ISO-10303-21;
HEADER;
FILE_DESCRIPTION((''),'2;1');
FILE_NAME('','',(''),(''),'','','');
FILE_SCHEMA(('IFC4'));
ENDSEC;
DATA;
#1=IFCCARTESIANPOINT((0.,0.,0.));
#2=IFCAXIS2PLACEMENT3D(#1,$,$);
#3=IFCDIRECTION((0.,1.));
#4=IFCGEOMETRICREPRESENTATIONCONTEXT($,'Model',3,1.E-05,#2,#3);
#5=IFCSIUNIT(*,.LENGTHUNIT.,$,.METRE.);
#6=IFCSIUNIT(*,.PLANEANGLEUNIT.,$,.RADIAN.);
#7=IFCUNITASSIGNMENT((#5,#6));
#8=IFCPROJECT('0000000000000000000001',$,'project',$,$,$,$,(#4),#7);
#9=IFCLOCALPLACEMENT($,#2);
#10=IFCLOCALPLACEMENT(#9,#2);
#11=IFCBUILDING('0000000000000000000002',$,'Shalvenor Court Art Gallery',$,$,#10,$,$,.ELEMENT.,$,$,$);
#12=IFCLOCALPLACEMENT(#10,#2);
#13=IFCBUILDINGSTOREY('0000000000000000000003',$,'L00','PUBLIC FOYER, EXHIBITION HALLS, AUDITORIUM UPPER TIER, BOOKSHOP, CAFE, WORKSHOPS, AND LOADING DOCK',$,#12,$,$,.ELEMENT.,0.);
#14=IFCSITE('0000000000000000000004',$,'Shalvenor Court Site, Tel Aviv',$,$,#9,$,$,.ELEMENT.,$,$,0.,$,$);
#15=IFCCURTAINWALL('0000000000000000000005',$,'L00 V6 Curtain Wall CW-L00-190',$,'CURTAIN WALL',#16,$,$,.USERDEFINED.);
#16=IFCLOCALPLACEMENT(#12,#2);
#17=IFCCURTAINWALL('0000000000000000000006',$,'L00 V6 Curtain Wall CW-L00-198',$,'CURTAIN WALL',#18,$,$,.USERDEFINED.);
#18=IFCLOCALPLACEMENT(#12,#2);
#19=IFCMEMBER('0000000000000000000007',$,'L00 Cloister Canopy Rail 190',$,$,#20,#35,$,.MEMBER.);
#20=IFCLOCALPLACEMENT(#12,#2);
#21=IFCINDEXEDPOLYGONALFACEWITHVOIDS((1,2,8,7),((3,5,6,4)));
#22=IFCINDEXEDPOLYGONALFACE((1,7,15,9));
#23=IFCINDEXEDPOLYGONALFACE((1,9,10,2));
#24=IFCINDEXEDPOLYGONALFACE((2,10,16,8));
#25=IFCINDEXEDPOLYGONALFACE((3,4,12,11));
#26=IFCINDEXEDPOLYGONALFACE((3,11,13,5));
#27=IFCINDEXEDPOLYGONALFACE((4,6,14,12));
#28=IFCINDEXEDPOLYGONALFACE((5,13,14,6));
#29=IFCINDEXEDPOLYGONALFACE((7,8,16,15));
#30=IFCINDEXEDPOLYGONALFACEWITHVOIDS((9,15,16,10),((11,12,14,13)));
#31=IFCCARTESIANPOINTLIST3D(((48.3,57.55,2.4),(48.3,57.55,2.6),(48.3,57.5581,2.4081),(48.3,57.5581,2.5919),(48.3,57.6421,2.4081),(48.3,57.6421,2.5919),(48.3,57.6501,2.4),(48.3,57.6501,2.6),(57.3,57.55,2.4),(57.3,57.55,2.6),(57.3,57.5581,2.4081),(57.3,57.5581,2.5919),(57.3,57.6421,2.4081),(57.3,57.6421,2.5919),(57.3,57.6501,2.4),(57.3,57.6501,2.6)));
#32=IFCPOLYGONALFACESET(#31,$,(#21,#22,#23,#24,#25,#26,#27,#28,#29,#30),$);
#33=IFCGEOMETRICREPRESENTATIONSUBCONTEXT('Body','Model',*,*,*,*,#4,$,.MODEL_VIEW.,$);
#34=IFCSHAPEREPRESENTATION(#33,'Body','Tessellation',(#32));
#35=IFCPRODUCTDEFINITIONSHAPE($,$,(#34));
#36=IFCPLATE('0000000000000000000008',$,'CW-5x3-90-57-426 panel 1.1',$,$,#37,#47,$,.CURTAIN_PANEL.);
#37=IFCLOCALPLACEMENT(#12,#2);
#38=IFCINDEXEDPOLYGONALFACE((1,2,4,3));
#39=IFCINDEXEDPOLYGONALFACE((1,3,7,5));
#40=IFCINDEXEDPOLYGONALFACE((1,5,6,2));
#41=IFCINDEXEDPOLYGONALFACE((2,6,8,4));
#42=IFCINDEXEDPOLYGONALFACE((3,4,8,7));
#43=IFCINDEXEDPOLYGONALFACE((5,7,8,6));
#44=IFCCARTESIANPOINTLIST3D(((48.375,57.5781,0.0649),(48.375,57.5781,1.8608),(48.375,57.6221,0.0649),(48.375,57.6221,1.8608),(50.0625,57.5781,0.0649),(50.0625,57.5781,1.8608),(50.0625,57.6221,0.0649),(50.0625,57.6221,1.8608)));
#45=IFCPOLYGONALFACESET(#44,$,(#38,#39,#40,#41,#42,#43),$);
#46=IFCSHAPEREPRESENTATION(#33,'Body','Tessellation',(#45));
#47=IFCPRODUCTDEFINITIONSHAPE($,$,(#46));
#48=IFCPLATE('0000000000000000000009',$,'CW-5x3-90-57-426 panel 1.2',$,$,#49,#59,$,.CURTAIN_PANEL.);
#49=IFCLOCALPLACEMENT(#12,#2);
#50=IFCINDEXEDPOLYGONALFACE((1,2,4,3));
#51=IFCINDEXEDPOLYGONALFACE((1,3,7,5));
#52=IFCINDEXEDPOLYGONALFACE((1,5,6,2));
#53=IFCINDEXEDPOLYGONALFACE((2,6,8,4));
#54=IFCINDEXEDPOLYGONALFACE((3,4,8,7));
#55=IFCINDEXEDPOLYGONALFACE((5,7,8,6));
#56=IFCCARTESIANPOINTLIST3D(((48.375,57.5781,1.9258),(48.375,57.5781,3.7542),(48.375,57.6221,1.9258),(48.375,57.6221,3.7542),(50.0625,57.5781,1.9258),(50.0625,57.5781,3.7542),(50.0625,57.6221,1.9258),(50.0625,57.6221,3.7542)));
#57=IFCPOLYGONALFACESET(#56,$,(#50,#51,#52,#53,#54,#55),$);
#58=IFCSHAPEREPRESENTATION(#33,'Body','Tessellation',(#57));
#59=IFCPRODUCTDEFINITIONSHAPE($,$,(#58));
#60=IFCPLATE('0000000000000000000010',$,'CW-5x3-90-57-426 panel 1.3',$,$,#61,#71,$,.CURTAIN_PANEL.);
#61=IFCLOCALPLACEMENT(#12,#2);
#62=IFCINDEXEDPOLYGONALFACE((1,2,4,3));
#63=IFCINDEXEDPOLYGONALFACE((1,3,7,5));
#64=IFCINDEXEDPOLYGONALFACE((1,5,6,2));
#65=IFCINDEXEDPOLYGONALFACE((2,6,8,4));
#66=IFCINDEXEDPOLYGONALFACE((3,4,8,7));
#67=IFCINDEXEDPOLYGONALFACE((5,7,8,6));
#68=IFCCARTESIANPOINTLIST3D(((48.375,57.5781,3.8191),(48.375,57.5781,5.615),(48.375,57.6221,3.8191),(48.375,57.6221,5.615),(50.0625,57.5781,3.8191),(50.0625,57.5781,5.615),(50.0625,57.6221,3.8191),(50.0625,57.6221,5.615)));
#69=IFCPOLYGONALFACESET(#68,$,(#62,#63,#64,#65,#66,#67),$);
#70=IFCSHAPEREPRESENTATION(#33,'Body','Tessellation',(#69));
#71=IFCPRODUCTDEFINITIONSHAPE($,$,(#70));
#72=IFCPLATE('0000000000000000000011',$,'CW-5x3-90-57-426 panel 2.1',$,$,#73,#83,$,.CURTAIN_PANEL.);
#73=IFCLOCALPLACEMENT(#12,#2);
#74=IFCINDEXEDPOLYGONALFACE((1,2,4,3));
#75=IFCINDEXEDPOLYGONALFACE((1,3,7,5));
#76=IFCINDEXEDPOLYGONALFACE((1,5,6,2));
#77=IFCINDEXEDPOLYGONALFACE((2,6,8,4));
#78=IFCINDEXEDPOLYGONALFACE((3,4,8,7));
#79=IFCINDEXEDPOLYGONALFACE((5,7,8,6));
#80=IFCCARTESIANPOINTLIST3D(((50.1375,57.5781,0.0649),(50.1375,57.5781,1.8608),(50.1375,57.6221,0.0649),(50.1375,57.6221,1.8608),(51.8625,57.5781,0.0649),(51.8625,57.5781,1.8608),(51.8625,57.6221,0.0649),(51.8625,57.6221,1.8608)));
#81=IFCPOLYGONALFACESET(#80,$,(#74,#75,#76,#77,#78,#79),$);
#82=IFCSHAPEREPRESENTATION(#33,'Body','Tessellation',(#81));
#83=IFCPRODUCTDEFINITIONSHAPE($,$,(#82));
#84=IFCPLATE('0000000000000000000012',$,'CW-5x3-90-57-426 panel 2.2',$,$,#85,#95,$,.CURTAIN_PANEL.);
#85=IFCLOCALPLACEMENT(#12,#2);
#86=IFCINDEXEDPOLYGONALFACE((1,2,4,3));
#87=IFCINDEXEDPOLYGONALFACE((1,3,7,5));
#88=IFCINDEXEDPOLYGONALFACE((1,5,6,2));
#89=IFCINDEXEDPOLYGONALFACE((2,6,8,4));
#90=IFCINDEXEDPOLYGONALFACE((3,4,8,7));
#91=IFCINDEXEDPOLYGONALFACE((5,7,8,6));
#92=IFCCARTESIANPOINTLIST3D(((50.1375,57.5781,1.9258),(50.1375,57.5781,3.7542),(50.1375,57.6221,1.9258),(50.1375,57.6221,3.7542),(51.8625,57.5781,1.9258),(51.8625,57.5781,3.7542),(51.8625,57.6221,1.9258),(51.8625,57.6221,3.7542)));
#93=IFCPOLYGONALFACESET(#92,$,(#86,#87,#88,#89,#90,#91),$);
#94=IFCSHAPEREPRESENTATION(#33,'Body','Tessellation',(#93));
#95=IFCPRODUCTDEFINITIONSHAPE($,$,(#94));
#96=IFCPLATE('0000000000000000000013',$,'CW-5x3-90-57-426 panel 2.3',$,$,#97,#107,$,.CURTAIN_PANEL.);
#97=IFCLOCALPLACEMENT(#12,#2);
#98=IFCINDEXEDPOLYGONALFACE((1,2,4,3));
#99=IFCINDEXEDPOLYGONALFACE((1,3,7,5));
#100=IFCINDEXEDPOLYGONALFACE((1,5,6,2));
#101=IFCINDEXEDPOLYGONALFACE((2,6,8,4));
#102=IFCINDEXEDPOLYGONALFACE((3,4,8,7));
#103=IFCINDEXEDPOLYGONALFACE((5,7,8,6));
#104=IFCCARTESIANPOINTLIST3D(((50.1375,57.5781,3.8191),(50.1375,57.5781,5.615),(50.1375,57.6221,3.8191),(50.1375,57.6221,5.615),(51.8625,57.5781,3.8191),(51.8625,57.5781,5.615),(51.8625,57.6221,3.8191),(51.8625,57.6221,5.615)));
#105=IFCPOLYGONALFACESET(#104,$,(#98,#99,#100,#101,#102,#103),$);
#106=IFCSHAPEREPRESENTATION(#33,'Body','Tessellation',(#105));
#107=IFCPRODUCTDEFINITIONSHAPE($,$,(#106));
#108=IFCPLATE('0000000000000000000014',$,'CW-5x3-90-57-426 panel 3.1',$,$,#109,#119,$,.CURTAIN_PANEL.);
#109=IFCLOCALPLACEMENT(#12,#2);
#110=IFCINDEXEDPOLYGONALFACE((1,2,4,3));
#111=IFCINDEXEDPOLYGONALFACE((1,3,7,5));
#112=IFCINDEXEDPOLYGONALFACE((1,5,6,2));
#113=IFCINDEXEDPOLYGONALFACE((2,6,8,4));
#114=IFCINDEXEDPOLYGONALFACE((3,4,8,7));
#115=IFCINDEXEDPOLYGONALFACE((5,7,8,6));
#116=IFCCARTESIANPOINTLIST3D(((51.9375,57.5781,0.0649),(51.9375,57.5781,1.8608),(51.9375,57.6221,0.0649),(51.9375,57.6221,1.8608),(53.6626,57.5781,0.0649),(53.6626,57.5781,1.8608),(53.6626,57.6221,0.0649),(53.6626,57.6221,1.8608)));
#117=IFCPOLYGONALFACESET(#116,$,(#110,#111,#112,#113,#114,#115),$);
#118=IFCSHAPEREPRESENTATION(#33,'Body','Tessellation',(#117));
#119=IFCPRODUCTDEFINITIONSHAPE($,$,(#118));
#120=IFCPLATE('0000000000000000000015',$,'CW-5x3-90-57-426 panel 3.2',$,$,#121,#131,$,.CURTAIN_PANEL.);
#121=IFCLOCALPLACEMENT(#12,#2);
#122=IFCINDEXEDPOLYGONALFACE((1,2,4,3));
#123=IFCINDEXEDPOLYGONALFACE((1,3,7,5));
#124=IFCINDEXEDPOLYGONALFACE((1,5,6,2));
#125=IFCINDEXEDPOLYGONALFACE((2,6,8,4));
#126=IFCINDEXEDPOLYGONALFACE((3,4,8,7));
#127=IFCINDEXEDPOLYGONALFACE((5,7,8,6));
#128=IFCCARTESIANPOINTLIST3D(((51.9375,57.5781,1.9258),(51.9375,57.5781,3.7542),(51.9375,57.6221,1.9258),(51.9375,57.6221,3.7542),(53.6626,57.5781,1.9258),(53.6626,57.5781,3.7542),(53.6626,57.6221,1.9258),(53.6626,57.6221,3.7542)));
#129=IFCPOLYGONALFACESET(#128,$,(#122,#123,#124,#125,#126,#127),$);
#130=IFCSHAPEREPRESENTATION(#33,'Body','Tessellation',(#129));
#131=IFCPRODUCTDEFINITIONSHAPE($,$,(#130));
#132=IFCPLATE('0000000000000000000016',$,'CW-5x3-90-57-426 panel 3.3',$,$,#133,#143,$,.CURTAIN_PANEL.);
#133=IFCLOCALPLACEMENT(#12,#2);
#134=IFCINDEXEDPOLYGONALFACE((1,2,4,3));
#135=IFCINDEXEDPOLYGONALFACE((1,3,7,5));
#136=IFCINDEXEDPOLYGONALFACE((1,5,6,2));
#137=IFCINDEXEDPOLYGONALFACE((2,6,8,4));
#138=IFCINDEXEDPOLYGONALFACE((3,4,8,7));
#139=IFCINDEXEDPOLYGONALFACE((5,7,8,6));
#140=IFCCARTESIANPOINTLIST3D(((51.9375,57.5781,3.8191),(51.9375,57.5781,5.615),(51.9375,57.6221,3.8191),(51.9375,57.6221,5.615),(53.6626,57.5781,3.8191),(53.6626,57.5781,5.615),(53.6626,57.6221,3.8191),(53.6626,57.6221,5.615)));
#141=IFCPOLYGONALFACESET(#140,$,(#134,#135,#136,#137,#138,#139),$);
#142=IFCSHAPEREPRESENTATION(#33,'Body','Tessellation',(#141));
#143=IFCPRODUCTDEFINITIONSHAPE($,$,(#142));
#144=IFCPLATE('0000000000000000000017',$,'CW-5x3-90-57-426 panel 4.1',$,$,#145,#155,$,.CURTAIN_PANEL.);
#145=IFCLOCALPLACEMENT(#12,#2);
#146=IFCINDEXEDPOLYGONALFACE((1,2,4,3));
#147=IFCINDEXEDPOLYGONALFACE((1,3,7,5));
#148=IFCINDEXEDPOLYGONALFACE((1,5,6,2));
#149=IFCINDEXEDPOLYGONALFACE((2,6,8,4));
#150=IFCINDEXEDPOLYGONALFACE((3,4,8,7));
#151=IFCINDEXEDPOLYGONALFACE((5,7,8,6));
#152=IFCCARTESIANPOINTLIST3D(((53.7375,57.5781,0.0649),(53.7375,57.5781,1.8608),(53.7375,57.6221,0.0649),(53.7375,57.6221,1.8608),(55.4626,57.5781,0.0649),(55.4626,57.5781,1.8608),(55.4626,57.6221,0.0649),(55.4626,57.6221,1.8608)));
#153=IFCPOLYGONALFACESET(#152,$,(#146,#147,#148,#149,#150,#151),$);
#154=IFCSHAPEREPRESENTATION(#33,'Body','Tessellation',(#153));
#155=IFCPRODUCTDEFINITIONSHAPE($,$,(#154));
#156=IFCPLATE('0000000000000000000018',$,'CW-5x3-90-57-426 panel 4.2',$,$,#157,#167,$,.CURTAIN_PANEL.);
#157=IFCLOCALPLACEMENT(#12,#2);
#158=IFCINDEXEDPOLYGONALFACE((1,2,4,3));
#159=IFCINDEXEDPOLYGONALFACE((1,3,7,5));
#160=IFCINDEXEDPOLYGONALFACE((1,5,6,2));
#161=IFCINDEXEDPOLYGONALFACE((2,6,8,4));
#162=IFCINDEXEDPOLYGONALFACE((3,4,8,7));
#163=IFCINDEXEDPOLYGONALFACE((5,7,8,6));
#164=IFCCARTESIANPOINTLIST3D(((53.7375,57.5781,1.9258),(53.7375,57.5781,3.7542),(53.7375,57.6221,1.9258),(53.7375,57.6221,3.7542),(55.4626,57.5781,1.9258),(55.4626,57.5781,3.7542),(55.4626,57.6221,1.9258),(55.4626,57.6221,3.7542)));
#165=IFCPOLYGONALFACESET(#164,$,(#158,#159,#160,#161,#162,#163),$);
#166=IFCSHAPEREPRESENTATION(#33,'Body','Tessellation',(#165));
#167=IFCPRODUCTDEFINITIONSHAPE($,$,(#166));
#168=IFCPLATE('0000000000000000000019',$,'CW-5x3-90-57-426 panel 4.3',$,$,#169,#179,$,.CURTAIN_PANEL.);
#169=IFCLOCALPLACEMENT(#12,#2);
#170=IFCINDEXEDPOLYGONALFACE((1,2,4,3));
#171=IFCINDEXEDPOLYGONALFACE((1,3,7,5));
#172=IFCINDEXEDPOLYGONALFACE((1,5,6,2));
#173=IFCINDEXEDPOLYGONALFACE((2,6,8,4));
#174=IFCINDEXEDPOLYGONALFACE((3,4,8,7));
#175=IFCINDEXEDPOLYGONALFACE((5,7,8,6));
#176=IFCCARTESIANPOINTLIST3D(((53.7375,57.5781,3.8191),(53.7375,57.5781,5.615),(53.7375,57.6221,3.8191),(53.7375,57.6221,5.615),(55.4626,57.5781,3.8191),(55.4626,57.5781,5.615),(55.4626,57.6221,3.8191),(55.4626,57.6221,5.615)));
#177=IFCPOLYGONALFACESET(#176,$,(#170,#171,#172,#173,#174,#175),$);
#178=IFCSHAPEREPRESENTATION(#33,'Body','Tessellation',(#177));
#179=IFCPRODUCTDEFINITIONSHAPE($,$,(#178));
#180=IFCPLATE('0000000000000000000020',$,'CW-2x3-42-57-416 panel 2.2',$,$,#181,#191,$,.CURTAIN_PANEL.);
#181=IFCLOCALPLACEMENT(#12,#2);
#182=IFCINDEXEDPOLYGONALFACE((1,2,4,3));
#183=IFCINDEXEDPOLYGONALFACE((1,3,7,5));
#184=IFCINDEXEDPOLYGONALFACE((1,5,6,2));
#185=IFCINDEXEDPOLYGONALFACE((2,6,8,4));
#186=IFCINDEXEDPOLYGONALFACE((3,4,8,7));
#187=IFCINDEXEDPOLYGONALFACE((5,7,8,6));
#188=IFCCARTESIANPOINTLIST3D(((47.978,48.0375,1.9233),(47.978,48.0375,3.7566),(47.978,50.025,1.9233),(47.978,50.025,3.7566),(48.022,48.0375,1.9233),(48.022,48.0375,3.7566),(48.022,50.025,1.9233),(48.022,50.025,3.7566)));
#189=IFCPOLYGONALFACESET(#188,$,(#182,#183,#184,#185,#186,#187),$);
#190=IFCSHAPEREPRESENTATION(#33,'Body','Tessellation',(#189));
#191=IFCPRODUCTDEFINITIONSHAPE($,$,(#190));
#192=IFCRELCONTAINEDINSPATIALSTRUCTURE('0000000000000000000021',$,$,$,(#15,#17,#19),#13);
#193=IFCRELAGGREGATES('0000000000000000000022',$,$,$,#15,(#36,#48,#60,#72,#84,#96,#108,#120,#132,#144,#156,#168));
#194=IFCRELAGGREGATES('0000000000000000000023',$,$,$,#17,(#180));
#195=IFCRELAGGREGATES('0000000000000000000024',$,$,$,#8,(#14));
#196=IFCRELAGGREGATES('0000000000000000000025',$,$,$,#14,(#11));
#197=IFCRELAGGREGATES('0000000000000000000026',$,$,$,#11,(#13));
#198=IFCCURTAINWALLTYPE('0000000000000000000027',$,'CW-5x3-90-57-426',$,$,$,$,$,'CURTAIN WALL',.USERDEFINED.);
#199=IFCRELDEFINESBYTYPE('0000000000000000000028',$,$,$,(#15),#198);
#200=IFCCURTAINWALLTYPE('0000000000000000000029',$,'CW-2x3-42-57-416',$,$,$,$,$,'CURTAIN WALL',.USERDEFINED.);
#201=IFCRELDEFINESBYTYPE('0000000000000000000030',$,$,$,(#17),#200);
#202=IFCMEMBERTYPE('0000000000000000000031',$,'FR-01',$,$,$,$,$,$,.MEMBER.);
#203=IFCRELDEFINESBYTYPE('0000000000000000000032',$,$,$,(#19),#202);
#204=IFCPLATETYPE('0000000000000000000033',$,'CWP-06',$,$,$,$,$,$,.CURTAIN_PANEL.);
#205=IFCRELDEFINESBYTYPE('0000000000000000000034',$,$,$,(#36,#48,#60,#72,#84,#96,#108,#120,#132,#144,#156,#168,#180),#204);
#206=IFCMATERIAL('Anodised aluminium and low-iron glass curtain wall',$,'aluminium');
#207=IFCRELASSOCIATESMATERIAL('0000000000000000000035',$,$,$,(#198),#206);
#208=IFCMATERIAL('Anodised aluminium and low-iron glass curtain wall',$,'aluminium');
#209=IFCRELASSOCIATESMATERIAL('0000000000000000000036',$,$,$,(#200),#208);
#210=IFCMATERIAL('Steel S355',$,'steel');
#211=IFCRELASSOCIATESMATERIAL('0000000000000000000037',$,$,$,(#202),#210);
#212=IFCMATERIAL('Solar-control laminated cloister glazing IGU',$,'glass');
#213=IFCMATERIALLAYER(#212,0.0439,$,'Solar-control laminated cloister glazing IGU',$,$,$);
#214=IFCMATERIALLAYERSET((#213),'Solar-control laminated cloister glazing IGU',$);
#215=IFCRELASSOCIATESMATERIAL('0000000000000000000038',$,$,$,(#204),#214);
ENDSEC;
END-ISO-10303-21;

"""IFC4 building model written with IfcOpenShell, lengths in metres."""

from ifc_helpers import new_model, si_unit, direction, frame, origin, origin_2d, place, context, subcontext, project, spatial, rectangle, hollow_rectangle, extrude, material, layer, layer_set, material_profile, profile_set, type_object, element, aggregate, save


model = new_model("IFC4")

# Units and contexts
model_context = context("Model", 3, precision=1e-05, world=origin(), true_north=direction((0.0, 1.0)))
body_context = subcontext(model_context, "Body", "Model", "MODEL_VIEW")
ifc_project = project(units=[si_unit("LENGTHUNIT", "METRE"), si_unit("PLANEANGLEUNIT", "RADIAN")], contexts=[model_context])

# Site, building, storey
site_placement = place(None, origin())
site = spatial("IfcSite", under=ifc_project, at=site_placement, Name="Shalvenor Court Site, Tel Aviv", CompositionType="ELEMENT", RefElevation=0.0)
building_placement = place(site_placement, origin())
building = spatial("IfcBuilding", under=site, at=building_placement, Name="Shalvenor Court Art Gallery", CompositionType="ELEMENT")
storey_placement = place(building_placement, origin())
storey = spatial("IfcBuildingStorey", under=building, at=storey_placement, Name="L00", Description="PUBLIC FOYER, EXHIBITION HALLS, AUDITORIUM UPPER TIER, BOOKSHOP, CAFE, WORKSHOPS, AND LOADING DOCK", CompositionType="ELEMENT", Elevation=0.0)

# Curtain wall
ifc_material_1 = material(Name="Anodised aluminium and low-iron glass curtain wall", Category="aluminium")
curtain_wall_type_1 = type_object("IfcCurtainWallType", Name="CW-5x3-90-57-426", ElementType="CURTAIN WALL", PredefinedType="USERDEFINED", material=ifc_material_1)
curtain_wall_1_placement = place(storey_placement, origin())
curtain_wall_1 = element("IfcCurtainWall", 1, at=curtain_wall_1_placement, inside=storey, type_object=curtain_wall_type_1, Name="L00 V6 Curtain Wall CW-L00-190", ObjectType="CURTAIN WALL", PredefinedType="USERDEFINED")

# Curtain wall
ifc_material_2 = material(Name="Anodised aluminium and low-iron glass curtain wall", Category="aluminium")
curtain_wall_type_2 = type_object("IfcCurtainWallType", Name="CW-2x3-42-57-416", ElementType="CURTAIN WALL", PredefinedType="USERDEFINED", material=ifc_material_2)
curtain_wall_2_placement = place(storey_placement, origin())
curtain_wall_2 = element("IfcCurtainWall", 2, at=curtain_wall_2_placement, inside=storey, type_object=curtain_wall_type_2, Name="L00 V6 Curtain Wall CW-L00-198", ObjectType="CURTAIN WALL", PredefinedType="USERDEFINED")

# Member
ifc_material_3 = material(Name="Steel S355", Category="steel")
ifc_material_profile_1 = material_profile(ifc_material_3, hollow_rectangle(XDim=0.1001, YDim=0.2, WallThickness=0.0081, at=origin_2d()), Name="RHS 200x100x8.0")
ifc_profile_set_1 = profile_set([ifc_material_profile_1], Name="Steel S355")
member_type_1 = type_object("IfcMemberType", Name="FR-01", PredefinedType="MEMBER", material=ifc_profile_set_1)
member_1_placement = place(storey_placement, frame((48.3, 57.6001, 2.5), z_axis=(1.0, 0.0, 0.0), x_axis=(0.0, 1.0, 0.0)))
element("IfcMember", 3, at=member_1_placement, inside=storey, type_object=member_type_1, Name="L00 Cloister Canopy Rail 190", PredefinedType="MEMBER", context=body_context, shape_type="SweptSolid", body=[
    extrude(hollow_rectangle(XDim=0.1001, YDim=0.2, WallThickness=0.0081, at=origin_2d()), origin(), (0.0, 0.0, 1.0), 9.0),
])

# Plates
ifc_material_4 = material(Name="Solar-control laminated cloister glazing IGU", Category="glass")
ifc_layer_1 = layer(ifc_material_4, 0.0439, Name="Solar-control laminated cloister glazing IGU")
ifc_layer_set_1 = layer_set([ifc_layer_1], Name="Solar-control laminated cloister glazing IGU")
plate_type_1 = type_object("IfcPlateType", Name="CWP-06", PredefinedType="CURTAIN_PANEL", material=ifc_layer_set_1)
plate_1_placement = place(storey_placement, frame((49.2188, 57.6001, 0.0649), z_axis=(0.0, 0.0, 1.0), x_axis=(1.0, 0.0, 0.0)))
plate_1 = element("IfcPlate", 4, at=plate_1_placement, type_object=plate_type_1, Name="CW-5x3-90-57-426 panel 1.1", PredefinedType="CURTAIN_PANEL", context=body_context, shape_type="SweptSolid", body=[
    extrude(rectangle(XDim=1.6875, YDim=0.0439, at=origin_2d()), origin(), (0.0, 0.0, 1.0), 1.7959),
])
plate_2_placement = place(storey_placement, frame((49.2188, 57.6001, 1.9258), z_axis=(0.0, 0.0, 1.0), x_axis=(1.0, 0.0, 0.0)))
plate_2 = element("IfcPlate", 5, at=plate_2_placement, type_object=plate_type_1, Name="CW-5x3-90-57-426 panel 1.2", PredefinedType="CURTAIN_PANEL", context=body_context, shape_type="SweptSolid", body=[
    extrude(rectangle(XDim=1.6875, YDim=0.0439, at=origin_2d()), origin(), (0.0, 0.0, 1.0), 1.8284),
])
plate_3_placement = place(storey_placement, frame((49.2188, 57.6001, 3.8191), z_axis=(0.0, 0.0, 1.0), x_axis=(1.0, 0.0, 0.0)))
plate_3 = element("IfcPlate", 6, at=plate_3_placement, type_object=plate_type_1, Name="CW-5x3-90-57-426 panel 1.3", PredefinedType="CURTAIN_PANEL", context=body_context, shape_type="SweptSolid", body=[
    extrude(rectangle(XDim=1.6875, YDim=0.0439, at=origin_2d()), origin(), (0.0, 0.0, 1.0), 1.7959),
])
plate_4_placement = place(storey_placement, frame((51.0, 57.6001, 0.0649), z_axis=(0.0, 0.0, 1.0), x_axis=(1.0, 0.0, 0.0)))
plate_4 = element("IfcPlate", 7, at=plate_4_placement, type_object=plate_type_1, Name="CW-5x3-90-57-426 panel 2.1", PredefinedType="CURTAIN_PANEL", context=body_context, shape_type="SweptSolid", body=[
    extrude(rectangle(XDim=1.7251, YDim=0.0439, at=origin_2d()), origin(), (0.0, 0.0, 1.0), 1.7959),
])
plate_5_placement = place(storey_placement, frame((51.0, 57.6001, 1.9258), z_axis=(0.0, 0.0, 1.0), x_axis=(1.0, 0.0, 0.0)))
plate_5 = element("IfcPlate", 8, at=plate_5_placement, type_object=plate_type_1, Name="CW-5x3-90-57-426 panel 2.2", PredefinedType="CURTAIN_PANEL", context=body_context, shape_type="SweptSolid", body=[
    extrude(rectangle(XDim=1.7251, YDim=0.0439, at=origin_2d()), origin(), (0.0, 0.0, 1.0), 1.8284),
])
plate_6_placement = place(storey_placement, frame((51.0, 57.6001, 3.8191), z_axis=(0.0, 0.0, 1.0), x_axis=(1.0, 0.0, 0.0)))
plate_6 = element("IfcPlate", 9, at=plate_6_placement, type_object=plate_type_1, Name="CW-5x3-90-57-426 panel 2.3", PredefinedType="CURTAIN_PANEL", context=body_context, shape_type="SweptSolid", body=[
    extrude(rectangle(XDim=1.7251, YDim=0.0439, at=origin_2d()), origin(), (0.0, 0.0, 1.0), 1.7959),
])
plate_7_placement = place(storey_placement, frame((52.8, 57.6001, 0.0649), z_axis=(0.0, 0.0, 1.0), x_axis=(1.0, 0.0, 0.0)))
plate_7 = element("IfcPlate", 10, at=plate_7_placement, type_object=plate_type_1, Name="CW-5x3-90-57-426 panel 3.1", PredefinedType="CURTAIN_PANEL", context=body_context, shape_type="SweptSolid", body=[
    extrude(rectangle(XDim=1.7251, YDim=0.0439, at=origin_2d()), origin(), (0.0, 0.0, 1.0), 1.7959),
])
plate_8_placement = place(storey_placement, frame((52.8, 57.6001, 1.9258), z_axis=(0.0, 0.0, 1.0), x_axis=(1.0, 0.0, 0.0)))
plate_8 = element("IfcPlate", 11, at=plate_8_placement, type_object=plate_type_1, Name="CW-5x3-90-57-426 panel 3.2", PredefinedType="CURTAIN_PANEL", context=body_context, shape_type="SweptSolid", body=[
    extrude(rectangle(XDim=1.7251, YDim=0.0439, at=origin_2d()), origin(), (0.0, 0.0, 1.0), 1.8284),
])
plate_9_placement = place(storey_placement, frame((52.8, 57.6001, 3.8191), z_axis=(0.0, 0.0, 1.0), x_axis=(1.0, 0.0, 0.0)))
plate_9 = element("IfcPlate", 12, at=plate_9_placement, type_object=plate_type_1, Name="CW-5x3-90-57-426 panel 3.3", PredefinedType="CURTAIN_PANEL", context=body_context, shape_type="SweptSolid", body=[
    extrude(rectangle(XDim=1.7251, YDim=0.0439, at=origin_2d()), origin(), (0.0, 0.0, 1.0), 1.7959),
])
plate_10_placement = place(storey_placement, frame((54.6001, 57.6001, 0.0649), z_axis=(0.0, 0.0, 1.0), x_axis=(1.0, 0.0, 0.0)))
plate_10 = element("IfcPlate", 13, at=plate_10_placement, type_object=plate_type_1, Name="CW-5x3-90-57-426 panel 4.1", PredefinedType="CURTAIN_PANEL", context=body_context, shape_type="SweptSolid", body=[
    extrude(rectangle(XDim=1.7251, YDim=0.0439, at=origin_2d()), origin(), (0.0, 0.0, 1.0), 1.7959),
])
plate_11_placement = place(storey_placement, frame((54.6001, 57.6001, 1.9258), z_axis=(0.0, 0.0, 1.0), x_axis=(1.0, 0.0, 0.0)))
plate_11 = element("IfcPlate", 14, at=plate_11_placement, type_object=plate_type_1, Name="CW-5x3-90-57-426 panel 4.2", PredefinedType="CURTAIN_PANEL", context=body_context, shape_type="SweptSolid", body=[
    extrude(rectangle(XDim=1.7251, YDim=0.0439, at=origin_2d()), origin(), (0.0, 0.0, 1.0), 1.8284),
])
plate_12_placement = place(storey_placement, frame((54.6001, 57.6001, 3.8191), z_axis=(0.0, 0.0, 1.0), x_axis=(1.0, 0.0, 0.0)))
plate_12 = element("IfcPlate", 15, at=plate_12_placement, type_object=plate_type_1, Name="CW-5x3-90-57-426 panel 4.3", PredefinedType="CURTAIN_PANEL", context=body_context, shape_type="SweptSolid", body=[
    extrude(rectangle(XDim=1.7251, YDim=0.0439, at=origin_2d()), origin(), (0.0, 0.0, 1.0), 1.7959),
])
aggregate(curtain_wall_1, [plate_1, plate_2, plate_3, plate_4, plate_5, plate_6, plate_7, plate_8, plate_9, plate_10, plate_11, plate_12])
plate_13_placement = place(storey_placement, frame((48.0, 49.0312, 1.9233), z_axis=(0.0, 0.0, 1.0), x_axis=(0.0, 1.0, 0.0)))
plate_13 = element("IfcPlate", 16, at=plate_13_placement, type_object=plate_type_1, Name="CW-2x3-42-57-416 panel 2.2", PredefinedType="CURTAIN_PANEL", context=body_context, shape_type="SweptSolid", body=[
    extrude(rectangle(XDim=1.9875, YDim=0.0439, at=origin_2d()), origin(), (0.0, 0.0, 1.0), 1.8333),
])
aggregate(curtain_wall_2, [plate_13])

save(model, "model.ifc")
